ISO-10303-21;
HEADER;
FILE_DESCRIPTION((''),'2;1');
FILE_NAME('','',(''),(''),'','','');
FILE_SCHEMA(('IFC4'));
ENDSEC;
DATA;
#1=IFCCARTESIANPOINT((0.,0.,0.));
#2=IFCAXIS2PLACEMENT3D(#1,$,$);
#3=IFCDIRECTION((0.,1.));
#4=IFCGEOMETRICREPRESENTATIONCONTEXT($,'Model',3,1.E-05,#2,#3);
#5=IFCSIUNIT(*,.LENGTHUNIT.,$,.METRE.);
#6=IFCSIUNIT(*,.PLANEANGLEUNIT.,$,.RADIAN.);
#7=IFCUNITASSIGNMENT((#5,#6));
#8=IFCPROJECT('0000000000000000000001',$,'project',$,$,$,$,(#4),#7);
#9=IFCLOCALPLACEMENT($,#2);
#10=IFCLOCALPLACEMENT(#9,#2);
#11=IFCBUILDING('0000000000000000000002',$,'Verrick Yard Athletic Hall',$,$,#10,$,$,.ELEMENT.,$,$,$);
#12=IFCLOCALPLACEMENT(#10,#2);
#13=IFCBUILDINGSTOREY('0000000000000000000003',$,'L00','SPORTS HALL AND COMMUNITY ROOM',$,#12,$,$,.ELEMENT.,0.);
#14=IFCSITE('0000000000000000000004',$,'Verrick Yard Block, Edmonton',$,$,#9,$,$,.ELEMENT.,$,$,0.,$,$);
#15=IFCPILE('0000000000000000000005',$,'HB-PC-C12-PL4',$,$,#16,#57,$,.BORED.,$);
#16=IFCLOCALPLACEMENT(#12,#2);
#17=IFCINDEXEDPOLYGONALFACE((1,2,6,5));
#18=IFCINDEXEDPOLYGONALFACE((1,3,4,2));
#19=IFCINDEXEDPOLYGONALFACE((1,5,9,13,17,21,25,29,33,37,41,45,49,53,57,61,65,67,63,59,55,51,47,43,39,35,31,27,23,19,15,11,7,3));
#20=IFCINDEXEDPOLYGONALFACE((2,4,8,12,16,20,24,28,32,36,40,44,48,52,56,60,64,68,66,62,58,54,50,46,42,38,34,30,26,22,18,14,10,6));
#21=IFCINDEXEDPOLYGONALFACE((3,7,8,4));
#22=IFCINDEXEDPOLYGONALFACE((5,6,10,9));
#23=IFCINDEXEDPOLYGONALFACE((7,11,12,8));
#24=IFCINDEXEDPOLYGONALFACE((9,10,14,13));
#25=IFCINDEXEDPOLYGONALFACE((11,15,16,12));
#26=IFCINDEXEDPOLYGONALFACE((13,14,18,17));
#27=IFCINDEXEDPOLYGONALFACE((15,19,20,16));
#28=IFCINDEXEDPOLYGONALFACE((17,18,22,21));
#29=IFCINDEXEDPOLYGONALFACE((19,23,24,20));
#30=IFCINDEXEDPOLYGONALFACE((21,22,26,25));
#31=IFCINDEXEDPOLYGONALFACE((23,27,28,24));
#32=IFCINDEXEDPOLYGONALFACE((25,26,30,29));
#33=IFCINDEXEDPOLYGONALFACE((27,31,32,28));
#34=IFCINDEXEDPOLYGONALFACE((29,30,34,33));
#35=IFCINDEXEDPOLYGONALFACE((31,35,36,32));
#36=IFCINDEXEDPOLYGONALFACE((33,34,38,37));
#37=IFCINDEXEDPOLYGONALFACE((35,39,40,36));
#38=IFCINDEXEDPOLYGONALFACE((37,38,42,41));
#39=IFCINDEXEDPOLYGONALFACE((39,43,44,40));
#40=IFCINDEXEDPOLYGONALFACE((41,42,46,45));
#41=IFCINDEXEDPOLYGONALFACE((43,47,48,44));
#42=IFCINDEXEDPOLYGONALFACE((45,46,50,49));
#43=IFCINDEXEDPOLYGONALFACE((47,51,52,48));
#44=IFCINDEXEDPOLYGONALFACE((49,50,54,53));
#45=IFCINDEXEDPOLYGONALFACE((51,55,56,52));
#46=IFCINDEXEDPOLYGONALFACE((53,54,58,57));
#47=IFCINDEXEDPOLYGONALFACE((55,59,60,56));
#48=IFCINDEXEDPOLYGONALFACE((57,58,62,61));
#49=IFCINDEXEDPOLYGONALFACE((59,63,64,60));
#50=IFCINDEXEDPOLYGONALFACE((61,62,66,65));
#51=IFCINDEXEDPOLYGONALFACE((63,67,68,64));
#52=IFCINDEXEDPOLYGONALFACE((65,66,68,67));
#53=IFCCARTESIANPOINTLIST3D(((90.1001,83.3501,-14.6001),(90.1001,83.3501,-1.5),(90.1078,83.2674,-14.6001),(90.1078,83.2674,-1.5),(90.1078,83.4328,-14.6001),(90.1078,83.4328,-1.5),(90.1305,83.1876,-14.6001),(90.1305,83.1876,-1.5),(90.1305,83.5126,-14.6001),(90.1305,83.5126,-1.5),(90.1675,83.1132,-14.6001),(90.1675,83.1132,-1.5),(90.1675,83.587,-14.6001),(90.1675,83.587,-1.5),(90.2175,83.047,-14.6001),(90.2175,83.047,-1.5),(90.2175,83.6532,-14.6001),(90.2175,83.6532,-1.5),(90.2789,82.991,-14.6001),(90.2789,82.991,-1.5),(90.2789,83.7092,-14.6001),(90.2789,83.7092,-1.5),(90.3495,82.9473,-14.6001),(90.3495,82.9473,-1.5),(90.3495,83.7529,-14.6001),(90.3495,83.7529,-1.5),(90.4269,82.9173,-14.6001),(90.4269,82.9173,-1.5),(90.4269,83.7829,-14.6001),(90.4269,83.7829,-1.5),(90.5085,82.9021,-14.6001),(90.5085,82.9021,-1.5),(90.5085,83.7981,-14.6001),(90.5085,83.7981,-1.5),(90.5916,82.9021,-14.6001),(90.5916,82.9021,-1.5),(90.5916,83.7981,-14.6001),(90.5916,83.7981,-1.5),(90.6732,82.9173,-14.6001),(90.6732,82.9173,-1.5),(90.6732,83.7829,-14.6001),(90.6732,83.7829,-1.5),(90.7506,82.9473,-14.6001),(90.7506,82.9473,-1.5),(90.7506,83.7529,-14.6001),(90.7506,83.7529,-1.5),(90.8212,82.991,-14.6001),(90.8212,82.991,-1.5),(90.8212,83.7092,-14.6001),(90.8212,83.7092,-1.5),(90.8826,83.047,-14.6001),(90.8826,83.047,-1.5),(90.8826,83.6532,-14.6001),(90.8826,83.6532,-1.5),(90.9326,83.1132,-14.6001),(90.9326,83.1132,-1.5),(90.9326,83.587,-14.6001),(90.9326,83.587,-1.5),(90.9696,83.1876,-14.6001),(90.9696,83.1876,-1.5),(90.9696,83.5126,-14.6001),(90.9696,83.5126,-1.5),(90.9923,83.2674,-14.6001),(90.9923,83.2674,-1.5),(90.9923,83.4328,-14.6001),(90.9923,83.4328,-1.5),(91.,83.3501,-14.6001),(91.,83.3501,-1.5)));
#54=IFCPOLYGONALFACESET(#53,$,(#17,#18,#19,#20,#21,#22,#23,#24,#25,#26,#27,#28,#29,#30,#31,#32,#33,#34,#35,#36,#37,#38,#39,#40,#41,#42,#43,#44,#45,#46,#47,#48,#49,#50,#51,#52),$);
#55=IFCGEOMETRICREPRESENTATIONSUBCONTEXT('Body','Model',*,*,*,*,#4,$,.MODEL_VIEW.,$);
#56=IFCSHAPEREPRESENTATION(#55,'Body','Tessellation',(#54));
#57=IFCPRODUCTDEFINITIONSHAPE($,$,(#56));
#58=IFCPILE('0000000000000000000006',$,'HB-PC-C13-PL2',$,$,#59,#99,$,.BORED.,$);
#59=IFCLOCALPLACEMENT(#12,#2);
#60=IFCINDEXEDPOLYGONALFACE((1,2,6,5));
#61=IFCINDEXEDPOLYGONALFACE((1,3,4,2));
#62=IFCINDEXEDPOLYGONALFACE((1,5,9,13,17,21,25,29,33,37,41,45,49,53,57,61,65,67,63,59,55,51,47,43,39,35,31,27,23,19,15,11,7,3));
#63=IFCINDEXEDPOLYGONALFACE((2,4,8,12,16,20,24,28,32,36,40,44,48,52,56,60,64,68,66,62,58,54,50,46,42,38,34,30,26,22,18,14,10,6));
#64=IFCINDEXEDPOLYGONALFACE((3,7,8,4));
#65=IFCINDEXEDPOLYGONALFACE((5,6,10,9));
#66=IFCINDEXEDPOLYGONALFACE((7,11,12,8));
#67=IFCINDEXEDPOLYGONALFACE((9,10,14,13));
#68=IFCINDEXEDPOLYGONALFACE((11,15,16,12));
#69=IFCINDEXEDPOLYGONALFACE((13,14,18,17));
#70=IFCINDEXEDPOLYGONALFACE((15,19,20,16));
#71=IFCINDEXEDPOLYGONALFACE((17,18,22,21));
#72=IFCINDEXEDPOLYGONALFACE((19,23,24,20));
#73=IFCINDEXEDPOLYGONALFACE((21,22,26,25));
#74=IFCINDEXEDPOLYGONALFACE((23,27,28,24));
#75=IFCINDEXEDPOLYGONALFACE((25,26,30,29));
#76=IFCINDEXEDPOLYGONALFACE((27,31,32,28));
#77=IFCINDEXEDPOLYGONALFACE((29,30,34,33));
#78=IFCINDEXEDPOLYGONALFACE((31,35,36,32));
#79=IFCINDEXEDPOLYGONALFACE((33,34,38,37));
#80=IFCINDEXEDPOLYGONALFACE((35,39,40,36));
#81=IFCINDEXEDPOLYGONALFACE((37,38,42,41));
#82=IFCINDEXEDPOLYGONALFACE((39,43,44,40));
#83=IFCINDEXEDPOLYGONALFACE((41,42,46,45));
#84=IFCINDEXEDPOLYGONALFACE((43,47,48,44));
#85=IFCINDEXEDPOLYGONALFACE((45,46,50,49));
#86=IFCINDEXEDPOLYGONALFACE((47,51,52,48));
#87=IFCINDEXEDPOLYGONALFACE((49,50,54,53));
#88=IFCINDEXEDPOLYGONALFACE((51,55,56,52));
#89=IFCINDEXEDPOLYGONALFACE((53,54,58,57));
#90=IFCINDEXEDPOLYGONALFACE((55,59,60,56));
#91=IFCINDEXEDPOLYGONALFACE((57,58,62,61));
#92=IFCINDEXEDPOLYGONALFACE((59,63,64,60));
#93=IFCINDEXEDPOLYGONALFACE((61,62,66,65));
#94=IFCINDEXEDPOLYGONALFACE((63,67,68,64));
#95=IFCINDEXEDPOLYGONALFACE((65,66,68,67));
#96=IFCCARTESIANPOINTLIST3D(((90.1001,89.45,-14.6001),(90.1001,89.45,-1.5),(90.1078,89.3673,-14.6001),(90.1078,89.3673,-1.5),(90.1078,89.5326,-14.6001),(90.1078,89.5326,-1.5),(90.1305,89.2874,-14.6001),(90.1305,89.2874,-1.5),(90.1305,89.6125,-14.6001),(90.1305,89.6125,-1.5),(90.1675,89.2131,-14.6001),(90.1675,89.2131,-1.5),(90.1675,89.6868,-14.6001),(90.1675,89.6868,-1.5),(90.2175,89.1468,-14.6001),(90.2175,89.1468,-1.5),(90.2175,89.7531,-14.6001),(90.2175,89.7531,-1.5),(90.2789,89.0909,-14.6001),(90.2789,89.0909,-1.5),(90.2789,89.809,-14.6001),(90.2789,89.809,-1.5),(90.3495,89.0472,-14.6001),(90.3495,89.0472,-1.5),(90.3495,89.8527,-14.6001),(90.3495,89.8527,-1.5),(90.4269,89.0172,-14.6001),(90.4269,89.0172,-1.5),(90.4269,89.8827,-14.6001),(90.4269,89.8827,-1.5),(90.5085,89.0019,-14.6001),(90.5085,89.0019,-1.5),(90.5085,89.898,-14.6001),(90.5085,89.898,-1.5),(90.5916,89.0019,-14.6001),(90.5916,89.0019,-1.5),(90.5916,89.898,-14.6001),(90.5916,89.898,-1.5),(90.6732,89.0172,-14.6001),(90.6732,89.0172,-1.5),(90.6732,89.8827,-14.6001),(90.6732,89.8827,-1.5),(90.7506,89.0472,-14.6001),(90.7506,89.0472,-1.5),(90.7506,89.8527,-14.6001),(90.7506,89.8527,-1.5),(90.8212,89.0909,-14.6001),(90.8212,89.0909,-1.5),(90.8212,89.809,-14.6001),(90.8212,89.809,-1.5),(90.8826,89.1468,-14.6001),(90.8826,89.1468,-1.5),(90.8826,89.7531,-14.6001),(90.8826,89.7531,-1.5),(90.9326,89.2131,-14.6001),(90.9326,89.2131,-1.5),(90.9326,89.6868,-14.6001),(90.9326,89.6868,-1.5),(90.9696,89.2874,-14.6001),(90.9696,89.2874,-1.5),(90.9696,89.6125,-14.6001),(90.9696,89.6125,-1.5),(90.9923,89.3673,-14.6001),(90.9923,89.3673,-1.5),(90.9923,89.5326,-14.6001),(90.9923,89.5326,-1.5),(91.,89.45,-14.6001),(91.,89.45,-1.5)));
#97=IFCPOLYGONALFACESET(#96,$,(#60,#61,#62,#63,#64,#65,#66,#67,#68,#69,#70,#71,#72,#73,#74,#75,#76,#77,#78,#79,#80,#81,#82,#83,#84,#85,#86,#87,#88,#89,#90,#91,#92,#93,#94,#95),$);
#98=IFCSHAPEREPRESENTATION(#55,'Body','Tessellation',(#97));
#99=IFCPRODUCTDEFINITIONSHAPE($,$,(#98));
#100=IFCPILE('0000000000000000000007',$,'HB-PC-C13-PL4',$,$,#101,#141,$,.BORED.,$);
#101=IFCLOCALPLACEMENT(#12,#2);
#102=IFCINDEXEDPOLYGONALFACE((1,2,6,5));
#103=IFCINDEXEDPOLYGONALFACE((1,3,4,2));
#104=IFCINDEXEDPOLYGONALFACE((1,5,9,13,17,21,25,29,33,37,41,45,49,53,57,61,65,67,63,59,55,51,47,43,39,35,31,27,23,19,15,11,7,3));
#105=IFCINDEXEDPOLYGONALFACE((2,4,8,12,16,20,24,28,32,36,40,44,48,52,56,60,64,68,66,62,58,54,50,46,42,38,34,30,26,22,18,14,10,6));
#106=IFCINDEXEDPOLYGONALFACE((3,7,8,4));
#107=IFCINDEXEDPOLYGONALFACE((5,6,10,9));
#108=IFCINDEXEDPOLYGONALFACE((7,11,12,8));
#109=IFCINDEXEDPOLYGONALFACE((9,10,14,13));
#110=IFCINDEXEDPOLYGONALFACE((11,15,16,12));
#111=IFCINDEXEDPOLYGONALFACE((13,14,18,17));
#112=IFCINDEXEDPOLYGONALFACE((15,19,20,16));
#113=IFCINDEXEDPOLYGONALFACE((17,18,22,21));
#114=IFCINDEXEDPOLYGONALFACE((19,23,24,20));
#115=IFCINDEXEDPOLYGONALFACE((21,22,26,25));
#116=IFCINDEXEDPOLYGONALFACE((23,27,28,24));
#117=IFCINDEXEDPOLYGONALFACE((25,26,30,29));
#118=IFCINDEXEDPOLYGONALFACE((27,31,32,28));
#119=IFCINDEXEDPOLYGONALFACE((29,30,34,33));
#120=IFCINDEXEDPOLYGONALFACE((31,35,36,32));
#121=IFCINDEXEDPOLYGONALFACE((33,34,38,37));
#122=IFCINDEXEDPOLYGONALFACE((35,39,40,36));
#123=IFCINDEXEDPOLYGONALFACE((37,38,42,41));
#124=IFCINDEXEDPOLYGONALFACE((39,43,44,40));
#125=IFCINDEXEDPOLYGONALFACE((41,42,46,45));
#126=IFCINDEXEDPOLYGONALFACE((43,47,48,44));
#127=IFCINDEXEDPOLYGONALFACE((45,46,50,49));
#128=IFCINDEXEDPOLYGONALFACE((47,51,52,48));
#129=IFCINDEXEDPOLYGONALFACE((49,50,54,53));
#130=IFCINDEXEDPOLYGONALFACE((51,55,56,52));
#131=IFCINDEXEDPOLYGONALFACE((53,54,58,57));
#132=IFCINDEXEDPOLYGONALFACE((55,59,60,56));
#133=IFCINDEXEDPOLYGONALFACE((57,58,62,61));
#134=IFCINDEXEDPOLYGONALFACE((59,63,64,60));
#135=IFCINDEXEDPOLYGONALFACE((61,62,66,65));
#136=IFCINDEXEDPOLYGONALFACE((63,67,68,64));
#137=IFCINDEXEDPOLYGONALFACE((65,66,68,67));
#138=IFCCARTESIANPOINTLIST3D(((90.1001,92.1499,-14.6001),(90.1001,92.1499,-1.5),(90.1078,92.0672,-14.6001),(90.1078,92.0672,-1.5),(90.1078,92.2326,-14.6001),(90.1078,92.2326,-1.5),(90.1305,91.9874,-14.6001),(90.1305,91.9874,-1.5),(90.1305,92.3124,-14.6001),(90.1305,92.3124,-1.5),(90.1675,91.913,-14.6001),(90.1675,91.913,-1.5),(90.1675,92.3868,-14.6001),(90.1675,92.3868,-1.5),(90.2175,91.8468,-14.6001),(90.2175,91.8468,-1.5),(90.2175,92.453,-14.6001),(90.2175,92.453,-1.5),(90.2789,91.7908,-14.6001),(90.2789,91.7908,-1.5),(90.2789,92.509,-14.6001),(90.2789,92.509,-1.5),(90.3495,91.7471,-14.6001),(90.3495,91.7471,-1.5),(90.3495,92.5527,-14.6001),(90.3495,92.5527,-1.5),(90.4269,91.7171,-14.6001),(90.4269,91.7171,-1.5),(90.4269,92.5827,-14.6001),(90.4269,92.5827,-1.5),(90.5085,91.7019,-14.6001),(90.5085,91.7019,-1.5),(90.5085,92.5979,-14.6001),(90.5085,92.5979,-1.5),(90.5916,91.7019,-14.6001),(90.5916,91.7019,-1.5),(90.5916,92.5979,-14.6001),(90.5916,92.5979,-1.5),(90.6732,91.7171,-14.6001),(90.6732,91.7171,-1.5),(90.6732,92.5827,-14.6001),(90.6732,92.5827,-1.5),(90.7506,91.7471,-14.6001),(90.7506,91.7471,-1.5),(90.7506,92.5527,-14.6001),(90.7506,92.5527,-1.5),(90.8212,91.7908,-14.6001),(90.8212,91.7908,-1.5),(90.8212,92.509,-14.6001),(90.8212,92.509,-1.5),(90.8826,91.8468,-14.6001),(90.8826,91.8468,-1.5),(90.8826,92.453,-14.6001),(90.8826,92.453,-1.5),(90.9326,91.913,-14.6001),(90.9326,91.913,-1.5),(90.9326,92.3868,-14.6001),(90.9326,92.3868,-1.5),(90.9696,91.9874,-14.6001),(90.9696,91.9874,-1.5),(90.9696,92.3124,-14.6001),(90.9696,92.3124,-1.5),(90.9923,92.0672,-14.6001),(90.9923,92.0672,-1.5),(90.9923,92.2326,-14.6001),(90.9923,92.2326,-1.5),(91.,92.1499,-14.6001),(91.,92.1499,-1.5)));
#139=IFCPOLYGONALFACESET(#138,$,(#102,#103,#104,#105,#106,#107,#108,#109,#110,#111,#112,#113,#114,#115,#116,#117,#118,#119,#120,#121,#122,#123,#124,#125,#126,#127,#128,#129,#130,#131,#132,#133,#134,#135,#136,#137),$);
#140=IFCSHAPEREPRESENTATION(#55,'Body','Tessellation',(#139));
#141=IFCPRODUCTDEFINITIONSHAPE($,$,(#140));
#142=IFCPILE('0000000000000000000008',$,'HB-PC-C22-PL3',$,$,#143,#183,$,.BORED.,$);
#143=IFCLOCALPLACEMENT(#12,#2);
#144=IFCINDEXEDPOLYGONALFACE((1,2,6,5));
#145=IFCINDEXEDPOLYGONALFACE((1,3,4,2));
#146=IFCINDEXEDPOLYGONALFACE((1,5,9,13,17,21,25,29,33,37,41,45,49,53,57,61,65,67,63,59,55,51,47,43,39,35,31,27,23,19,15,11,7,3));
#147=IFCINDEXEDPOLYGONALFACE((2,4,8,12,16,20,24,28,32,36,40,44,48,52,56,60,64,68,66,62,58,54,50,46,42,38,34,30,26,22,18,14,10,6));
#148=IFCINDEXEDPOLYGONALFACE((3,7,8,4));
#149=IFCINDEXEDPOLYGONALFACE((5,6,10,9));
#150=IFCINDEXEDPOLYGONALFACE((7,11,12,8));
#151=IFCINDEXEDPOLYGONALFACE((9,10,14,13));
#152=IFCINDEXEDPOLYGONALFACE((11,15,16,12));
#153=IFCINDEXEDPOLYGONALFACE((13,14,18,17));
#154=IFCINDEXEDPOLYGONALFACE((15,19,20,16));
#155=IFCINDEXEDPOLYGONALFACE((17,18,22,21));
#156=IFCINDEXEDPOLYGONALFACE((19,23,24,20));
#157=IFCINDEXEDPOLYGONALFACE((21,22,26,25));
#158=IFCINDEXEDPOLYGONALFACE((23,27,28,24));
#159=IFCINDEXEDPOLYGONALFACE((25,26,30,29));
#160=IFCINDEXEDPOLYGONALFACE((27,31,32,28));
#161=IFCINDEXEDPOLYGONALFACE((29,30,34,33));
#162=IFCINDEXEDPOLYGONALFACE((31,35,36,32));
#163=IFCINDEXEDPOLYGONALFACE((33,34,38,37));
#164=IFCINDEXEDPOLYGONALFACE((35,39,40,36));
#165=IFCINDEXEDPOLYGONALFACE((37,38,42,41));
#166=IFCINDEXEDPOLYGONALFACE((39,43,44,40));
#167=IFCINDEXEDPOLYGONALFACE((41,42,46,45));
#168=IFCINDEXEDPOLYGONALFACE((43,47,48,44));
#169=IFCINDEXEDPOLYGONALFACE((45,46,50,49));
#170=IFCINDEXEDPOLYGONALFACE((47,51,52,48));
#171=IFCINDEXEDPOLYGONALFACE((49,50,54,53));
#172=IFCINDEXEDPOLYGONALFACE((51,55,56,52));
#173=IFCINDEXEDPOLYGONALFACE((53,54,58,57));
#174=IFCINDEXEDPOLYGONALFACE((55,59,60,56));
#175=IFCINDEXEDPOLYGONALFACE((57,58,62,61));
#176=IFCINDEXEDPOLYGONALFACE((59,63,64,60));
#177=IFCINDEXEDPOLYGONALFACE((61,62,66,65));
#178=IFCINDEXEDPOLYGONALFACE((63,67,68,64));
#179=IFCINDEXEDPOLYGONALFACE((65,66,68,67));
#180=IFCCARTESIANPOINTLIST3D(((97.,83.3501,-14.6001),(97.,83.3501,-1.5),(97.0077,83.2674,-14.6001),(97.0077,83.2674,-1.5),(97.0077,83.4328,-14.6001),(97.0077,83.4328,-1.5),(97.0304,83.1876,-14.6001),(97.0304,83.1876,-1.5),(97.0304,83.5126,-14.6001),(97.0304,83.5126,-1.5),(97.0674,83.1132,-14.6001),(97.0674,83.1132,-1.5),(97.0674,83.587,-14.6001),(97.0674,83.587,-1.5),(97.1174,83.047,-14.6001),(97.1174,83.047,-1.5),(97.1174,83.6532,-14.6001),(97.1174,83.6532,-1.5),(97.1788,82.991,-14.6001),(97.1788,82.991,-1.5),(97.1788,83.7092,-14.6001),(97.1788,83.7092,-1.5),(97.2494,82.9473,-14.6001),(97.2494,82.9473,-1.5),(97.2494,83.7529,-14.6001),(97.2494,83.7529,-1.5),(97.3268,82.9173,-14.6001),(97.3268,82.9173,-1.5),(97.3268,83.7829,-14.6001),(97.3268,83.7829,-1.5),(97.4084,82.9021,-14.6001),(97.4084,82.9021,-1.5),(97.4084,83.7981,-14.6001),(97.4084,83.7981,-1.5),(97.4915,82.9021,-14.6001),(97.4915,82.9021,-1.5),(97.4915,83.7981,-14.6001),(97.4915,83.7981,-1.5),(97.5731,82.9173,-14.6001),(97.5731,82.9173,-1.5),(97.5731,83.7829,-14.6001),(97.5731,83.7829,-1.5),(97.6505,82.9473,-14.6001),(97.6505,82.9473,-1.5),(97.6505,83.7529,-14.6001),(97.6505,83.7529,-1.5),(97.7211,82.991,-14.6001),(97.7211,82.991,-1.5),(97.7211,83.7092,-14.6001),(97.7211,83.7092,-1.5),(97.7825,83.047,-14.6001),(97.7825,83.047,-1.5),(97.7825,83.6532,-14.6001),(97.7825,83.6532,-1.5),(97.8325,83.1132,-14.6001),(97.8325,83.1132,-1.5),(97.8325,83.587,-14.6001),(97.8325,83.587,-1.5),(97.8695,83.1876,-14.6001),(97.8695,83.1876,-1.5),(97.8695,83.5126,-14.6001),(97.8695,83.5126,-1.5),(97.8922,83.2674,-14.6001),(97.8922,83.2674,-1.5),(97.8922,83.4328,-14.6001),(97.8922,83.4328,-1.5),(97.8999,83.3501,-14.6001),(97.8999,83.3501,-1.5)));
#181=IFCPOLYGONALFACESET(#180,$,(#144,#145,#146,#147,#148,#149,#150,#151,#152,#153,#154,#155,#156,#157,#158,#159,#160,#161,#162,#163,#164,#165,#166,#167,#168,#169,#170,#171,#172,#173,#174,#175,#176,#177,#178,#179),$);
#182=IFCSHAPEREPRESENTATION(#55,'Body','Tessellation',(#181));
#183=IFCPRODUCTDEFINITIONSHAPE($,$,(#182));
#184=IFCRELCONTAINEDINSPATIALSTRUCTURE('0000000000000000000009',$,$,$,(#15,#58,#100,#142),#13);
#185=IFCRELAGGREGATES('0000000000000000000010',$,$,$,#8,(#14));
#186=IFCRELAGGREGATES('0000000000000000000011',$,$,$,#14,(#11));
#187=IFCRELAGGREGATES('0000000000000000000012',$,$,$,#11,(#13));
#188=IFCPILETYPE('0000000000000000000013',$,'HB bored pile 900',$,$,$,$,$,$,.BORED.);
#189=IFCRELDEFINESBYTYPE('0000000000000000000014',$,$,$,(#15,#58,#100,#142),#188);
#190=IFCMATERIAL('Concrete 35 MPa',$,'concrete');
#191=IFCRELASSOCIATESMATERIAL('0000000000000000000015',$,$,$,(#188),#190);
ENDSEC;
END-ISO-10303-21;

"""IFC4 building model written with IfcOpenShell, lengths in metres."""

from ifc_helpers import new_model, si_unit, direction, frame, origin, origin_2d, place, context, subcontext, project, spatial, circle, extrude, material, material_profile, profile_set, type_object, element, save


model = new_model("IFC4")

# Units and contexts
model_context = context("Model", 3, precision=1e-05, world=origin(), true_north=direction((0.0, 1.0)))
body_context = subcontext(model_context, "Body", "Model", "MODEL_VIEW")
ifc_project = project(units=[si_unit("LENGTHUNIT", "METRE"), si_unit("PLANEANGLEUNIT", "RADIAN")], contexts=[model_context])

# Site, building, storey
site_placement = place(None, origin())
site = spatial("IfcSite", under=ifc_project, at=site_placement, Name="Verrick Yard Block, Edmonton", CompositionType="ELEMENT", RefElevation=0.0)
building_placement = place(site_placement, origin())
building = spatial("IfcBuilding", under=site, at=building_placement, Name="Verrick Yard Athletic Hall", CompositionType="ELEMENT")
storey_placement = place(building_placement, origin())
storey = spatial("IfcBuildingStorey", under=building, at=storey_placement, Name="L00", Description="SPORTS HALL AND COMMUNITY ROOM", CompositionType="ELEMENT", Elevation=0.0)

# Piles
ifc_material_1 = material(Name="Concrete 35 MPa", Category="concrete")
ifc_material_profile_1 = material_profile(ifc_material_1, circle(Radius=0.45, at=origin_2d()), Name="Bored pile 900")
ifc_profile_set_1 = profile_set([ifc_material_profile_1], Name="Concrete 35 MPa")
pile_type = type_object("IfcPileType", Name="HB bored pile 900", PredefinedType="BORED", material=ifc_profile_set_1)
for number, where, z_axis, x_axis, name in (
    (1, (90.55, 83.3501, -1.5), (0.0, 0.0, -1.0), (1.0, 0.0, 0.0), "HB-PC-C12-PL4"),
    (2, (90.55, 89.45, -1.5), (0.0, 0.0, -1.0), (1.0, 0.0, 0.0), "HB-PC-C13-PL2"),
    (3, (90.55, 92.1499, -1.5), (0.0, 0.0, -1.0), (1.0, 0.0, 0.0), "HB-PC-C13-PL4"),
    (4, (97.45, 83.3501, -1.5), (0.0, 0.0, -1.0), (1.0, 0.0, 0.0), "HB-PC-C22-PL3"),
):
    element("IfcPile", number, at=place(storey_placement, frame(where, z_axis=z_axis, x_axis=x_axis)), inside=storey, type_object=pile_type, Name=name, PredefinedType="BORED", context=body_context, shape_type="SweptSolid", body=[
        extrude(circle(Radius=0.45, at=origin_2d()), origin(), (0.0, 0.0, 1.0), 13.1001),
    ])

save(model, "model.ifc")
